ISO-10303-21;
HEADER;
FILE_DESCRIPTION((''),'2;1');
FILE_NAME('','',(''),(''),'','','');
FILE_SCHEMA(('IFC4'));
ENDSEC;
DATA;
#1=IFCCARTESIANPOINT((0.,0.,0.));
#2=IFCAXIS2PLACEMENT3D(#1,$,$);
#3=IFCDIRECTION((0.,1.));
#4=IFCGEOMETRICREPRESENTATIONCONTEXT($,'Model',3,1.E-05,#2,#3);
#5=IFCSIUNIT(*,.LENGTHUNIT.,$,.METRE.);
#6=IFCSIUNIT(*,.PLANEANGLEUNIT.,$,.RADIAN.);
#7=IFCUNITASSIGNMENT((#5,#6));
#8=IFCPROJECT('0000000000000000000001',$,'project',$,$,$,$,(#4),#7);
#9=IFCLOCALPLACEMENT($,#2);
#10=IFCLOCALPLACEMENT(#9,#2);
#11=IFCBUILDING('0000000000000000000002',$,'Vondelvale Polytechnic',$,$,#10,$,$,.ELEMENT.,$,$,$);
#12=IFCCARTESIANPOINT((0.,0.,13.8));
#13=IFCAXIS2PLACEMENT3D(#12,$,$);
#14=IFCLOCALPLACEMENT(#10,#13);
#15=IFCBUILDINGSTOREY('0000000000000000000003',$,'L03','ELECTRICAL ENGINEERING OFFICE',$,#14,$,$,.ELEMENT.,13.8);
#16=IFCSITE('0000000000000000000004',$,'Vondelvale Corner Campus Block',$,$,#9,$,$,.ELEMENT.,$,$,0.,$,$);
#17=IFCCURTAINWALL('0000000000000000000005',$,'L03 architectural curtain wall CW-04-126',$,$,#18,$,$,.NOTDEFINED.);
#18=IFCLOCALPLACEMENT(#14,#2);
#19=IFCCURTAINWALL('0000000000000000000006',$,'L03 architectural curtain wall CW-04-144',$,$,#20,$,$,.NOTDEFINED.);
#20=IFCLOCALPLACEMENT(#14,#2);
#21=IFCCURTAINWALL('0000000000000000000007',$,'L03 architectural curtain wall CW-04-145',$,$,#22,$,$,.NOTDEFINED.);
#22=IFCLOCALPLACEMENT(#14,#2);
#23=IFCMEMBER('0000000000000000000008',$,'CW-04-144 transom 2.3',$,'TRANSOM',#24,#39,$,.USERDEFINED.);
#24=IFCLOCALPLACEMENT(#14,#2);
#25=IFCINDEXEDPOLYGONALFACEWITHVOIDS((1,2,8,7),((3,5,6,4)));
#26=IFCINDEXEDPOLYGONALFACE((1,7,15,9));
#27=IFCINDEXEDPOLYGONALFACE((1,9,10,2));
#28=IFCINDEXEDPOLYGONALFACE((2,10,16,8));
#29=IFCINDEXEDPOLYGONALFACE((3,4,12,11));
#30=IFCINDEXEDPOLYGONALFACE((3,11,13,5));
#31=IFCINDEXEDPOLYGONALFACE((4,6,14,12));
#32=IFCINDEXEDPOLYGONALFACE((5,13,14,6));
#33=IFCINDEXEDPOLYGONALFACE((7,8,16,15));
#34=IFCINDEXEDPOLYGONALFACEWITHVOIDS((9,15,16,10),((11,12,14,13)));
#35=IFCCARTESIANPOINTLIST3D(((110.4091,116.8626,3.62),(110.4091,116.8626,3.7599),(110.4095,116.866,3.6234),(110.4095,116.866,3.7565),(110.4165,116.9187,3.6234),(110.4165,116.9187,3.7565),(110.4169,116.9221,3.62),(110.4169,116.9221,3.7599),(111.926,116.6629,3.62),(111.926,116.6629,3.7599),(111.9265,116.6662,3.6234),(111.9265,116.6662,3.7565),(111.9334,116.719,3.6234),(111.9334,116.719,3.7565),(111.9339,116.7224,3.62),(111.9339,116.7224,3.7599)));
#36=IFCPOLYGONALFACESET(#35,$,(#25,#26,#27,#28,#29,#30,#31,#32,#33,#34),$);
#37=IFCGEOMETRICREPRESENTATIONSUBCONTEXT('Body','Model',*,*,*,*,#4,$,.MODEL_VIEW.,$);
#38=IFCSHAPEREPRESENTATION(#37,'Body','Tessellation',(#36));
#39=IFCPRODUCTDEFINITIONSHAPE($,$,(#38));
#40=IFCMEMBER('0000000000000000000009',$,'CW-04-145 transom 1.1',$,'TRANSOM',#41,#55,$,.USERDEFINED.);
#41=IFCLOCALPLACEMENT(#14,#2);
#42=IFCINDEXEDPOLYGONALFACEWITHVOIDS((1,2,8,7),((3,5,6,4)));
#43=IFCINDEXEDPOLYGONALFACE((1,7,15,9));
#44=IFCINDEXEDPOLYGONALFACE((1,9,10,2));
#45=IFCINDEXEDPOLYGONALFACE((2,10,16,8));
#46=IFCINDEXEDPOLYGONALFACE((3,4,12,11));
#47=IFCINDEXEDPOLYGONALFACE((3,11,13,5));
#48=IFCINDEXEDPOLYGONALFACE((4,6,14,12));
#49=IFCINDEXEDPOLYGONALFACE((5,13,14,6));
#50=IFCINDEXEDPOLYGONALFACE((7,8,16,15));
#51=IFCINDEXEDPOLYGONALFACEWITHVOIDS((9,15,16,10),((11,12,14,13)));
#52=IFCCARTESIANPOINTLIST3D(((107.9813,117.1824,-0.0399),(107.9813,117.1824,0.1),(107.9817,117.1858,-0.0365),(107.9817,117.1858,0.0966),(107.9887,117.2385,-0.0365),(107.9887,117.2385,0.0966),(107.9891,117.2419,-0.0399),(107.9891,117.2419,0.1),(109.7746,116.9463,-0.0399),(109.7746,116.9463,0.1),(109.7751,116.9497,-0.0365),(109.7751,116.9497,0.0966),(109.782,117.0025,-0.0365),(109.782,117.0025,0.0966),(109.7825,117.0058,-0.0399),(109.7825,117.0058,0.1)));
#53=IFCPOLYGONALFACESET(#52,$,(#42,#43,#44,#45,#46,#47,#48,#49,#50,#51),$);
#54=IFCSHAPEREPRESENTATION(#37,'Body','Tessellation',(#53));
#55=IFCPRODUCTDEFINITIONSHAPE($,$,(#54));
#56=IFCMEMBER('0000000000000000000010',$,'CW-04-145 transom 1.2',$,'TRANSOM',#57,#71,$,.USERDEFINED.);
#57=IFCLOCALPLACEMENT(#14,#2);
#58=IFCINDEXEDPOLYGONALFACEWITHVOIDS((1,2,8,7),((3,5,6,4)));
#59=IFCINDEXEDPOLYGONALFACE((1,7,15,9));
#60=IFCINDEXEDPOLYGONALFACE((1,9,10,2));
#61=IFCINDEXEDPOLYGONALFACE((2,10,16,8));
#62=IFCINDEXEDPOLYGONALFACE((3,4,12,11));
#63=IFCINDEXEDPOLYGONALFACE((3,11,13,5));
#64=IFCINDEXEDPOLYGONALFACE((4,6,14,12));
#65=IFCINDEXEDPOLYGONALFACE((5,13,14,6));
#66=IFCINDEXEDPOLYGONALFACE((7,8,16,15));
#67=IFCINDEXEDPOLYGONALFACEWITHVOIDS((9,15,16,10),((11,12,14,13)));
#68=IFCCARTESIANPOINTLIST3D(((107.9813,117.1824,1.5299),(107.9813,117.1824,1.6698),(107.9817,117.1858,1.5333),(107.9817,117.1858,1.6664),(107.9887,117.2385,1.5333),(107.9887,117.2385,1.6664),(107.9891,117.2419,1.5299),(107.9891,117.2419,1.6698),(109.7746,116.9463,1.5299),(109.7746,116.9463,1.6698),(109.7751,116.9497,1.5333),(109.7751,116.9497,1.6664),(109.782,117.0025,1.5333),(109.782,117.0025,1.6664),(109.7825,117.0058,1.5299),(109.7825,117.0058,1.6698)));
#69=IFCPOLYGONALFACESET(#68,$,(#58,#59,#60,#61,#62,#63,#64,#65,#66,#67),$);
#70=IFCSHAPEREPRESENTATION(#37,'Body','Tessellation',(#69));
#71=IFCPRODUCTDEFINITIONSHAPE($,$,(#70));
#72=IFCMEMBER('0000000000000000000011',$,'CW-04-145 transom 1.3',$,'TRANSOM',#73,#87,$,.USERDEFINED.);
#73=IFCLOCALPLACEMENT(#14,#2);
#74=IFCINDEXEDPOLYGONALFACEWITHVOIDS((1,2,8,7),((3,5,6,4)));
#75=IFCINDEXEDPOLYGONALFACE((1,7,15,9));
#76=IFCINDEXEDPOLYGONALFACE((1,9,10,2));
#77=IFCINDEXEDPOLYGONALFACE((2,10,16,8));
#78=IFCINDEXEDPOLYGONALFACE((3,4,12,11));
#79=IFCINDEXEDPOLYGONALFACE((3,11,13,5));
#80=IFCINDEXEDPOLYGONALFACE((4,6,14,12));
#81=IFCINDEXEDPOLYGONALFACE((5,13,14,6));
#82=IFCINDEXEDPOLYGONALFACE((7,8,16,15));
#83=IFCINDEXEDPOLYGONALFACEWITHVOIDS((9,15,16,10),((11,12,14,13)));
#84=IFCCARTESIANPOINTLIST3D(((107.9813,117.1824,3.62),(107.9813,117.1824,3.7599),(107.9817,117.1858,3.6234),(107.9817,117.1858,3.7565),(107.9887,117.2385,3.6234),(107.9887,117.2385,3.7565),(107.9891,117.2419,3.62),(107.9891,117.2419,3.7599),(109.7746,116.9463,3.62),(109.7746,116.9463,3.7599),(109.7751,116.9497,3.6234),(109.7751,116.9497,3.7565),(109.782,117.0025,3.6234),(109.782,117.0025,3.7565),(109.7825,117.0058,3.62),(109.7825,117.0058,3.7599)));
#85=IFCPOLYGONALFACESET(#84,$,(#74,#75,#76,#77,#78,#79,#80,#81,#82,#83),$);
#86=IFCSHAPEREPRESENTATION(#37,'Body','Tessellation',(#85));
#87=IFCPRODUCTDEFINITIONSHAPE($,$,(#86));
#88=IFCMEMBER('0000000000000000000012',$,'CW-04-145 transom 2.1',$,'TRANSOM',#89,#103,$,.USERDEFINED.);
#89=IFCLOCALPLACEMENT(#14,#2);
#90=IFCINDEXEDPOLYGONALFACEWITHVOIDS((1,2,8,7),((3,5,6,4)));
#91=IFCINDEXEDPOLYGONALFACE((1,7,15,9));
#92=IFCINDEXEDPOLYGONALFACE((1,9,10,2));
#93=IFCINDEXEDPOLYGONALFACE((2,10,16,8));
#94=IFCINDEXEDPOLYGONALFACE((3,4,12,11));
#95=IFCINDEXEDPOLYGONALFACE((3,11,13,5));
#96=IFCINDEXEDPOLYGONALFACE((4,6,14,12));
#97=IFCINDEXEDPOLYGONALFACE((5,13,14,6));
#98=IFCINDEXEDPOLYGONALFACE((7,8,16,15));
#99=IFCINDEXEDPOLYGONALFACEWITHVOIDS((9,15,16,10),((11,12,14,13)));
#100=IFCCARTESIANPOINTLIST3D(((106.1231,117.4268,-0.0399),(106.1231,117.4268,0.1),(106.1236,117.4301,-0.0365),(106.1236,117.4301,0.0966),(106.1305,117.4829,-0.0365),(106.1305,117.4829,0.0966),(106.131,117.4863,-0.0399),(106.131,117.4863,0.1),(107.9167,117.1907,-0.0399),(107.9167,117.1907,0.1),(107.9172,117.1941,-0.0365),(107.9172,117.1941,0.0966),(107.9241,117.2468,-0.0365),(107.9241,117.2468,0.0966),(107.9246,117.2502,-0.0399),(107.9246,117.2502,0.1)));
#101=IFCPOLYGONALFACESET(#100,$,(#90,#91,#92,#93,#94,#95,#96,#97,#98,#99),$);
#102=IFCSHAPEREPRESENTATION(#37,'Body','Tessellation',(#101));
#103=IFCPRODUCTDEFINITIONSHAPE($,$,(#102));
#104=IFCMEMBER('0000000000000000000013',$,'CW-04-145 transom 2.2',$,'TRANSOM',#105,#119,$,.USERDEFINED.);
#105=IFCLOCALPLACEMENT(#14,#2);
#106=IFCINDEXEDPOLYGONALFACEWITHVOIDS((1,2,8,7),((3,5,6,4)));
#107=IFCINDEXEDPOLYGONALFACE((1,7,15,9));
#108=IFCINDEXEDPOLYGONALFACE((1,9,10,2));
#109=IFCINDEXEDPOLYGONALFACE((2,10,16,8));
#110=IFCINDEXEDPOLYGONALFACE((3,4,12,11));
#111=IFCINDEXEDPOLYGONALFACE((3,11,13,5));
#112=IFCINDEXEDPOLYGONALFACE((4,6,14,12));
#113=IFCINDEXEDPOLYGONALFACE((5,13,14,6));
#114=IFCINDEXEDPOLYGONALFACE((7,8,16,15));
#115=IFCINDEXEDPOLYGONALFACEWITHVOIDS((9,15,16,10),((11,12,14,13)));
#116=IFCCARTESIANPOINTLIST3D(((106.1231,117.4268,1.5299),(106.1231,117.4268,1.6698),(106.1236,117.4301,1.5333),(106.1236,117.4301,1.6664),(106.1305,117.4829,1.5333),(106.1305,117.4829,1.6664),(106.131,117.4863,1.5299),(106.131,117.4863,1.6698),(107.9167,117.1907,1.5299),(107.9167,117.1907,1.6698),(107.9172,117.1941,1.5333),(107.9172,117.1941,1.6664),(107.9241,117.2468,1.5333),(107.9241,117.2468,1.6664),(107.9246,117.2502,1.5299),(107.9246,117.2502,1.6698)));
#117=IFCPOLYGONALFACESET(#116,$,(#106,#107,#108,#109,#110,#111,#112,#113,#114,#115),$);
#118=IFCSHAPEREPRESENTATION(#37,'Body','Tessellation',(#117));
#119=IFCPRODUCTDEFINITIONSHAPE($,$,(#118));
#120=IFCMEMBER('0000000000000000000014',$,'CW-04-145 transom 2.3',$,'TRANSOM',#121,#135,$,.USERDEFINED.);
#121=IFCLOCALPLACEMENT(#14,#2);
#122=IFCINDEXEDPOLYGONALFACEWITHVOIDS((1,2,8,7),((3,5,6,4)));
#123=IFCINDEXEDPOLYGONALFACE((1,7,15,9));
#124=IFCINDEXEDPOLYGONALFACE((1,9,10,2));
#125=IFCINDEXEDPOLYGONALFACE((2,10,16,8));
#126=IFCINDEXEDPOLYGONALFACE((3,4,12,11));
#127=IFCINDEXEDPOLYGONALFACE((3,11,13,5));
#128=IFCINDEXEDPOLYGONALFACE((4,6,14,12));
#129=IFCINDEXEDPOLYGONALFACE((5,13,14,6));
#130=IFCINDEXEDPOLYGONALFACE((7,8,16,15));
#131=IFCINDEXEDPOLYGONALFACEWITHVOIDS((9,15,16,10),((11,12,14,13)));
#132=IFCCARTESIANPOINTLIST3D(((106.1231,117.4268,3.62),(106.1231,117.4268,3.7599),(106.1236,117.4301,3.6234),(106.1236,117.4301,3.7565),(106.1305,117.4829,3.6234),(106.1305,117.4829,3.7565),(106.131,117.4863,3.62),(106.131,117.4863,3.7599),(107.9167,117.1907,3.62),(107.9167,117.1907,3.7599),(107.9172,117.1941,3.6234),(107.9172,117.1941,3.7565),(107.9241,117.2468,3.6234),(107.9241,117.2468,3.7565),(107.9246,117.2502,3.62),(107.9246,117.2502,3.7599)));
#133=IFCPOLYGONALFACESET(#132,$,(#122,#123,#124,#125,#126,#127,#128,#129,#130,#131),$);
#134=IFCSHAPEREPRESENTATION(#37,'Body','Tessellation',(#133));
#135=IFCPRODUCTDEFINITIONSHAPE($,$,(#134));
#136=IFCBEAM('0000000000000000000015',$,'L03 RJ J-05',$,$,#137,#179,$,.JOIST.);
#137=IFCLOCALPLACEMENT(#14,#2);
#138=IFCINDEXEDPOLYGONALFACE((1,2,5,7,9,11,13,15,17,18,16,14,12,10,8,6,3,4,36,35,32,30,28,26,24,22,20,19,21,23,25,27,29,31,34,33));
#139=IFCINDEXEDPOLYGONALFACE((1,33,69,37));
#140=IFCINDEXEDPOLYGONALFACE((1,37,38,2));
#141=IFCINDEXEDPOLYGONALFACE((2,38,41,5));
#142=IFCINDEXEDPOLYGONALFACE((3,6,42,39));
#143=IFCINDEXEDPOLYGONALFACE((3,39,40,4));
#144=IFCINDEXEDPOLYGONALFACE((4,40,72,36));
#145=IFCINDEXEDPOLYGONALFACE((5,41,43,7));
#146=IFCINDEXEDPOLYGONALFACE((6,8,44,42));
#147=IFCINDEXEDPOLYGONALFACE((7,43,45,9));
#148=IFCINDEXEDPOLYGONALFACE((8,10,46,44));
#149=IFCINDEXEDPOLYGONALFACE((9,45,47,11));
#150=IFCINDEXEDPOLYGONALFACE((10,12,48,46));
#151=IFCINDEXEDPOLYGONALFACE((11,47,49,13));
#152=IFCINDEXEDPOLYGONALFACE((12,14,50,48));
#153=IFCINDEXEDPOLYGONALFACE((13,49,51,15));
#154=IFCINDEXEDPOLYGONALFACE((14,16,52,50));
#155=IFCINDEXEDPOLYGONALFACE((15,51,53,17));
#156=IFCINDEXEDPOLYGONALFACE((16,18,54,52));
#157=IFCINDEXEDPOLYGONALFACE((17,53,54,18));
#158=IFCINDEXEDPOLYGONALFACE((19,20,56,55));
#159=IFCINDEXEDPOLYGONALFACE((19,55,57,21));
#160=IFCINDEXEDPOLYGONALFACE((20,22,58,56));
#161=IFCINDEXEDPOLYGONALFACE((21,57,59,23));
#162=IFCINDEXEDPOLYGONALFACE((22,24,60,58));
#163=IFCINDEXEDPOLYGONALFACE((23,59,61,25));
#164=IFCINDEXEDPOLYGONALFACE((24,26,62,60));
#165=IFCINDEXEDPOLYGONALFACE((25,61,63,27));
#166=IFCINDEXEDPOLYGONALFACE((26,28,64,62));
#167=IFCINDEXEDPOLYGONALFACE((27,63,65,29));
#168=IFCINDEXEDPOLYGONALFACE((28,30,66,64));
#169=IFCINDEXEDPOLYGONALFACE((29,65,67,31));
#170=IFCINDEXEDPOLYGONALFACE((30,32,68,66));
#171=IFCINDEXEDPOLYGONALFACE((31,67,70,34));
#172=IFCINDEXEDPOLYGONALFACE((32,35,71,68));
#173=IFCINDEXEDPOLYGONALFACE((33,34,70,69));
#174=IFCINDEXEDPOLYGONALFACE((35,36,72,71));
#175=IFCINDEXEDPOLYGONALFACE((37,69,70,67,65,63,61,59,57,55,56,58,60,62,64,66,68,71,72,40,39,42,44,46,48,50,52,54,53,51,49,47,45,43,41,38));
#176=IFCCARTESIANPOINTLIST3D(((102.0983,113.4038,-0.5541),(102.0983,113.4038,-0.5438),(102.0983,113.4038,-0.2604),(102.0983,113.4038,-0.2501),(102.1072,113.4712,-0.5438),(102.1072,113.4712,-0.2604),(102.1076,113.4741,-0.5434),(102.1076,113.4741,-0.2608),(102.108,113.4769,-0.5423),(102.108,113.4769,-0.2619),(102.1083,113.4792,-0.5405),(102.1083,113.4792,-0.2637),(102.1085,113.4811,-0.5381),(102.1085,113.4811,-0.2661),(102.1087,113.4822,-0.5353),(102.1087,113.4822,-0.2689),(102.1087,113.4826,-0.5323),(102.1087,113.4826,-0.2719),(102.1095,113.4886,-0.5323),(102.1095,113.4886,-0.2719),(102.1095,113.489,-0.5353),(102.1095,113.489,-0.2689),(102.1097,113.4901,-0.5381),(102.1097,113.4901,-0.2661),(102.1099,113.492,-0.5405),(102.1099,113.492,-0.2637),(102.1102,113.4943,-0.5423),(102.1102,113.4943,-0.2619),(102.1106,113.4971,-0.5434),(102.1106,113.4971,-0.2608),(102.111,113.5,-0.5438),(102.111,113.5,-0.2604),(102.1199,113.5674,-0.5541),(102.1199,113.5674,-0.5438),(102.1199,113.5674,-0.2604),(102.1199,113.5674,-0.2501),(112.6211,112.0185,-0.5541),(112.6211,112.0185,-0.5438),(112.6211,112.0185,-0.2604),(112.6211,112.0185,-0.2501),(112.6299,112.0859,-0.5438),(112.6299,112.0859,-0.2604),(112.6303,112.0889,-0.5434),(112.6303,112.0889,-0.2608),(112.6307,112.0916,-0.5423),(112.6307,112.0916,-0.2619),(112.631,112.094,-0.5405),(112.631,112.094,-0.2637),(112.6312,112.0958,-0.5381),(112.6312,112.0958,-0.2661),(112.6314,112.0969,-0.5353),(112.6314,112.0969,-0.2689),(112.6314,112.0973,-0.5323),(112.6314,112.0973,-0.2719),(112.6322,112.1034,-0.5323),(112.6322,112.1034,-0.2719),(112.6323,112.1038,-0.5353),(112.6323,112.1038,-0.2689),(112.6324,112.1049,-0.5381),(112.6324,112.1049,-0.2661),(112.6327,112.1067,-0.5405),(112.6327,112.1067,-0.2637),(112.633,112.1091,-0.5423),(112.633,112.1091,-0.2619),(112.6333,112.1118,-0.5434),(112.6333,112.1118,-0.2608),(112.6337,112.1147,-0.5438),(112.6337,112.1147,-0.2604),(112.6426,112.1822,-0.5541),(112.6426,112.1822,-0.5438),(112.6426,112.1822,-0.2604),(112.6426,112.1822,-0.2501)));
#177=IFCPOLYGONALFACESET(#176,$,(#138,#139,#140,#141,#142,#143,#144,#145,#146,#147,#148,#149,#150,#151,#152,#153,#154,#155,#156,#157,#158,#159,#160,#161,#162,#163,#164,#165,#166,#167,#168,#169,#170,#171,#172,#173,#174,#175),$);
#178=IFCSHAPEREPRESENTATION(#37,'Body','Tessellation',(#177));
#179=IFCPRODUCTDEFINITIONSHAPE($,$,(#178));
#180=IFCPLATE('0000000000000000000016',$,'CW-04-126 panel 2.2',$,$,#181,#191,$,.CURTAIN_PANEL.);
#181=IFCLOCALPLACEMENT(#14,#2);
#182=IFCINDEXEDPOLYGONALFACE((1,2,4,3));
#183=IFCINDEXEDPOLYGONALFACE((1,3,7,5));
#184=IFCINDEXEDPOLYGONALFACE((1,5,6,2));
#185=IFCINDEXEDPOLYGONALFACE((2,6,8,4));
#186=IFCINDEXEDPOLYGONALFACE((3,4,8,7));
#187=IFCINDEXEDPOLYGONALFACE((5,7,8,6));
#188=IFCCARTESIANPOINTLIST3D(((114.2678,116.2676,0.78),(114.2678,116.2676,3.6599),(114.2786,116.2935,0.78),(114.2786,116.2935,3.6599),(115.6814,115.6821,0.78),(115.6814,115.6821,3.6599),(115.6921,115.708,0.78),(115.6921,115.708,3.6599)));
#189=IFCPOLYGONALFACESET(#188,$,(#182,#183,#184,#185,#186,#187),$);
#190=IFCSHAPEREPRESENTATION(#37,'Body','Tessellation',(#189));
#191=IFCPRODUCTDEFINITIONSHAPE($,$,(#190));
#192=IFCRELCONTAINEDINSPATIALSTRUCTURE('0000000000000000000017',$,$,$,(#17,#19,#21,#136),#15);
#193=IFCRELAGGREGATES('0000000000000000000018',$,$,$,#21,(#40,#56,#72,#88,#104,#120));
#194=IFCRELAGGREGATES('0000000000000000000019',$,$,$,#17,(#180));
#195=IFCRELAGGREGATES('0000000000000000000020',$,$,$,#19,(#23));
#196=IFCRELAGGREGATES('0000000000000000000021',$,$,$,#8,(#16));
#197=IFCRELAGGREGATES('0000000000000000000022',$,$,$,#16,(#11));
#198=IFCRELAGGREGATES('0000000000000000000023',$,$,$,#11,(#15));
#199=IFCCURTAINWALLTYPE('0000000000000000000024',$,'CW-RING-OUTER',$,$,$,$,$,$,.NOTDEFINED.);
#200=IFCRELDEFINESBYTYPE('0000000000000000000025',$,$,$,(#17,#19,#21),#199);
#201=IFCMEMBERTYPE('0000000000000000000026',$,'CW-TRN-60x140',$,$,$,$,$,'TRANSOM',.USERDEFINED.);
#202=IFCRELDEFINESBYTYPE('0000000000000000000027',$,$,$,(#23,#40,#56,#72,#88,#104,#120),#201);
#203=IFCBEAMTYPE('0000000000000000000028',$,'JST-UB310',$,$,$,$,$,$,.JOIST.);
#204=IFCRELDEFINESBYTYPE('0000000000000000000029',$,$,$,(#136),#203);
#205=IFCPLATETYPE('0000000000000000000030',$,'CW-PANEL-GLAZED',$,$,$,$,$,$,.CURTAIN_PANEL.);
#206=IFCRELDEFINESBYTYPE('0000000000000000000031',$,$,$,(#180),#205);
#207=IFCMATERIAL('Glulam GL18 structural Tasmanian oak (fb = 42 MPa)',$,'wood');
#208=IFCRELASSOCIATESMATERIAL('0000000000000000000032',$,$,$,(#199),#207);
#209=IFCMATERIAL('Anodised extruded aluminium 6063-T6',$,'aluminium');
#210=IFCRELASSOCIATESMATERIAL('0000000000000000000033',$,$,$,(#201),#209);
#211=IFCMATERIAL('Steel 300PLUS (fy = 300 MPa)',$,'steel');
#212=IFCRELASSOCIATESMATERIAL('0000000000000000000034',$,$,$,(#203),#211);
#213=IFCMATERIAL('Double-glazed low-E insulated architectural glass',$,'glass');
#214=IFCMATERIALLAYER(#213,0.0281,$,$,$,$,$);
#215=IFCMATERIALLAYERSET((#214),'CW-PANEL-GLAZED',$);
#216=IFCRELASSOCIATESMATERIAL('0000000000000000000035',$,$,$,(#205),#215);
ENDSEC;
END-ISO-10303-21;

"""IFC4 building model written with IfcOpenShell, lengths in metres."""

from ifc_helpers import new_model, si_unit, direction, frame, origin, origin_2d, place, context, subcontext, project, spatial, rectangle, hollow_rectangle, i_section, extrude, material, layer, layer_set, material_profile, profile_set, type_object, element, aggregate, save


model = new_model("IFC4")

# Units and contexts
model_context = context("Model", 3, precision=1e-05, world=origin(), true_north=direction((0.0, 1.0)))
body_context = subcontext(model_context, "Body", "Model", "MODEL_VIEW")
ifc_project = project(units=[si_unit("LENGTHUNIT", "METRE"), si_unit("PLANEANGLEUNIT", "RADIAN")], contexts=[model_context])

# Site, building, storey
site_placement = place(None, origin())
site = spatial("IfcSite", under=ifc_project, at=site_placement, Name="Vondelvale Corner Campus Block", CompositionType="ELEMENT", RefElevation=0.0)
building_placement = place(site_placement, origin())
building = spatial("IfcBuilding", under=site, at=building_placement, Name="Vondelvale Polytechnic", CompositionType="ELEMENT")
storey_placement = place(building_placement, frame((0.0, 0.0, 13.8)))
storey = spatial("IfcBuildingStorey", under=building, at=storey_placement, Name="L03", Description="ELECTRICAL ENGINEERING OFFICE", CompositionType="ELEMENT", Elevation=13.8)

# Shared definitions
ifc_material_1 = material(Name="Glulam GL18 structural Tasmanian oak (fb = 42 MPa)", Category="wood")

# Shared definitions
ifc_material_2 = material(Name="Steel 300PLUS (fy = 300 MPa)", Category="steel")

# Curtain walls
curtain_wall_type = type_object("IfcCurtainWallType", Name="CW-RING-OUTER", PredefinedType="NOTDEFINED", material=ifc_material_1)
curtain_wall_1_placement = place(storey_placement, origin())
curtain_wall_1 = element("IfcCurtainWall", 1, at=curtain_wall_1_placement, inside=storey, type_object=curtain_wall_type, Name="L03 architectural curtain wall CW-04-126", PredefinedType="NOTDEFINED")
ifc_material_3 = material(Name="Anodised extruded aluminium 6063-T6", Category="aluminium")
curtain_wall_2_placement = place(storey_placement, origin())
curtain_wall_2 = element("IfcCurtainWall", 2, at=curtain_wall_2_placement, inside=storey, type_object=curtain_wall_type, Name="L03 architectural curtain wall CW-04-144", PredefinedType="NOTDEFINED")
curtain_wall_3_placement = place(storey_placement, origin())
curtain_wall_3 = element("IfcCurtainWall", 3, at=curtain_wall_3_placement, inside=storey, type_object=curtain_wall_type, Name="L03 architectural curtain wall CW-04-145", PredefinedType="NOTDEFINED")

# Members
ifc_material_profile_1 = material_profile(ifc_material_3, hollow_rectangle(XDim=0.0601, YDim=0.1399, WallThickness=0.0034, at=origin_2d()), Name="CW-TRN-140x60")
ifc_profile_set_1 = profile_set([ifc_material_profile_1], Name="Anodised extruded aluminium 6063-T6")
member_type_1 = type_object("IfcMemberType", Name="CW-TRN-60x140", ElementType="TRANSOM", PredefinedType="USERDEFINED", material=ifc_profile_set_1)
member_1_placement = place(storey_placement, frame((111.9299, 116.6926, 3.6899), z_axis=(-0.991444, 0.130533, 0.0), x_axis=(-0.130533, -0.991444, 0.0)))
member_1 = element("IfcMember", 4, at=member_1_placement, type_object=member_type_1, Name="CW-04-144 transom 2.3", ObjectType="TRANSOM", PredefinedType="USERDEFINED", context=body_context, shape_type="SweptSolid", body=[
    extrude(hollow_rectangle(XDim=0.0601, YDim=0.1399, WallThickness=0.0034, at=origin_2d()), origin(), (0.0, 0.0, 1.0), 1.53),
])
member_2_placement = place(storey_placement, frame((109.7786, 116.9761, 0.03), z_axis=(-0.991447, 0.13051, 0.0), x_axis=(-0.13051, -0.991447, 0.0)))
member_2 = element("IfcMember", 5, at=member_2_placement, type_object=member_type_1, Name="CW-04-145 transom 1.1", ObjectType="TRANSOM", PredefinedType="USERDEFINED", context=body_context, shape_type="SweptSolid", body=[
    extrude(hollow_rectangle(XDim=0.0601, YDim=0.1399, WallThickness=0.0034, at=origin_2d()), origin(), (0.0, 0.0, 1.0), 1.8088),
])
member_3_placement = place(storey_placement, frame((109.7786, 116.9761, 1.5999), z_axis=(-0.991447, 0.13051, 0.0), x_axis=(-0.13051, -0.991447, 0.0)))
member_3 = element("IfcMember", 6, at=member_3_placement, type_object=member_type_1, Name="CW-04-145 transom 1.2", ObjectType="TRANSOM", PredefinedType="USERDEFINED", context=body_context, shape_type="SweptSolid", body=[
    extrude(hollow_rectangle(XDim=0.0601, YDim=0.1399, WallThickness=0.0034, at=origin_2d()), origin(), (0.0, 0.0, 1.0), 1.8088),
])
member_4_placement = place(storey_placement, frame((109.7786, 116.9761, 3.6899), z_axis=(-0.991447, 0.13051, 0.0), x_axis=(-0.13051, -0.991447, 0.0)))
member_4 = element("IfcMember", 7, at=member_4_placement, type_object=member_type_1, Name="CW-04-145 transom 1.3", ObjectType="TRANSOM", PredefinedType="USERDEFINED", context=body_context, shape_type="SweptSolid", body=[
    extrude(hollow_rectangle(XDim=0.0601, YDim=0.1399, WallThickness=0.0034, at=origin_2d()), origin(), (0.0, 0.0, 1.0), 1.8088),
])
member_5_placement = place(storey_placement, frame((107.9207, 117.2205, 0.03), z_axis=(-0.991449, 0.130493, 0.0), x_axis=(-0.130493, -0.991449, 0.0)))
member_5 = element("IfcMember", 8, at=member_5_placement, type_object=member_type_1, Name="CW-04-145 transom 2.1", ObjectType="TRANSOM", PredefinedType="USERDEFINED", context=body_context, shape_type="SweptSolid", body=[
    extrude(hollow_rectangle(XDim=0.0601, YDim=0.1399, WallThickness=0.0034, at=origin_2d()), origin(), (0.0, 0.0, 1.0), 1.8091),
])
member_6_placement = place(storey_placement, frame((107.9207, 117.2205, 1.5999), z_axis=(-0.991449, 0.130493, 0.0), x_axis=(-0.130493, -0.991449, 0.0)))
member_6 = element("IfcMember", 9, at=member_6_placement, type_object=member_type_1, Name="CW-04-145 transom 2.2", ObjectType="TRANSOM", PredefinedType="USERDEFINED", context=body_context, shape_type="SweptSolid", body=[
    extrude(hollow_rectangle(XDim=0.0601, YDim=0.1399, WallThickness=0.0034, at=origin_2d()), origin(), (0.0, 0.0, 1.0), 1.8091),
])
member_7_placement = place(storey_placement, frame((107.9207, 117.2205, 3.6899), z_axis=(-0.991449, 0.130493, 0.0), x_axis=(-0.130493, -0.991449, 0.0)))
member_7 = element("IfcMember", 10, at=member_7_placement, type_object=member_type_1, Name="CW-04-145 transom 2.3", ObjectType="TRANSOM", PredefinedType="USERDEFINED", context=body_context, shape_type="SweptSolid", body=[
    extrude(hollow_rectangle(XDim=0.0601, YDim=0.1399, WallThickness=0.0034, at=origin_2d()), origin(), (0.0, 0.0, 1.0), 1.8091),
])

# Beam
ifc_material_profile_2 = material_profile(ifc_material_2, i_section(OverallWidth=0.165, OverallDepth=0.304, WebThickness=0.0061, FlangeThickness=0.0103, FilletRadius=0.0115, at=origin_2d()), Name="310UB40.4")
ifc_profile_set_2 = profile_set([ifc_material_profile_2], Name="Steel 300PLUS (fy = 300 MPa)")
beam_type_1 = type_object("IfcBeamType", Name="JST-UB310", PredefinedType="JOIST", material=ifc_profile_set_2)
beam_1_placement = place(storey_placement, frame((112.6318, 112.1003, -0.4021), z_axis=(-0.991446, 0.130518, 0.0), x_axis=(-0.130518, -0.991446, 0.0)))
element("IfcBeam", 11, at=beam_1_placement, inside=storey, type_object=beam_type_1, Name="L03 RJ J-05", PredefinedType="JOIST", context=body_context, shape_type="SweptSolid", body=[
    extrude(i_section(OverallWidth=0.165, OverallDepth=0.304, WebThickness=0.0061, FlangeThickness=0.0103, FilletRadius=0.0115, at=origin_2d()), origin(), (0.0, 0.0, 1.0), 10.6135),
])

# Plate
ifc_material_4 = material(Name="Double-glazed low-E insulated architectural glass", Category="glass")
ifc_layer_1 = layer(ifc_material_4, 0.0281)
ifc_layer_set_1 = layer_set([ifc_layer_1], Name="CW-PANEL-GLAZED")
plate_type_1 = type_object("IfcPlateType", Name="CW-PANEL-GLAZED", PredefinedType="CURTAIN_PANEL", material=ifc_layer_set_1)
plate_1_placement = place(storey_placement, frame((114.98, 115.9878, 0.78), z_axis=(0.0, 0.0, 1.0), x_axis=(-0.923882, 0.382677, 0.0)))
plate_1 = element("IfcPlate", 12, at=plate_1_placement, type_object=plate_type_1, Name="CW-04-126 panel 2.2", PredefinedType="CURTAIN_PANEL", context=body_context, shape_type="SweptSolid", body=[
    extrude(rectangle(XDim=1.53, YDim=0.0281, at=origin_2d()), origin(), (0.0, 0.0, 1.0), 2.8799),
])
aggregate(curtain_wall_3, [member_2, member_3, member_4, member_5, member_6, member_7])
aggregate(curtain_wall_1, [plate_1])
aggregate(curtain_wall_2, [member_1])

save(model, "model.ifc")
